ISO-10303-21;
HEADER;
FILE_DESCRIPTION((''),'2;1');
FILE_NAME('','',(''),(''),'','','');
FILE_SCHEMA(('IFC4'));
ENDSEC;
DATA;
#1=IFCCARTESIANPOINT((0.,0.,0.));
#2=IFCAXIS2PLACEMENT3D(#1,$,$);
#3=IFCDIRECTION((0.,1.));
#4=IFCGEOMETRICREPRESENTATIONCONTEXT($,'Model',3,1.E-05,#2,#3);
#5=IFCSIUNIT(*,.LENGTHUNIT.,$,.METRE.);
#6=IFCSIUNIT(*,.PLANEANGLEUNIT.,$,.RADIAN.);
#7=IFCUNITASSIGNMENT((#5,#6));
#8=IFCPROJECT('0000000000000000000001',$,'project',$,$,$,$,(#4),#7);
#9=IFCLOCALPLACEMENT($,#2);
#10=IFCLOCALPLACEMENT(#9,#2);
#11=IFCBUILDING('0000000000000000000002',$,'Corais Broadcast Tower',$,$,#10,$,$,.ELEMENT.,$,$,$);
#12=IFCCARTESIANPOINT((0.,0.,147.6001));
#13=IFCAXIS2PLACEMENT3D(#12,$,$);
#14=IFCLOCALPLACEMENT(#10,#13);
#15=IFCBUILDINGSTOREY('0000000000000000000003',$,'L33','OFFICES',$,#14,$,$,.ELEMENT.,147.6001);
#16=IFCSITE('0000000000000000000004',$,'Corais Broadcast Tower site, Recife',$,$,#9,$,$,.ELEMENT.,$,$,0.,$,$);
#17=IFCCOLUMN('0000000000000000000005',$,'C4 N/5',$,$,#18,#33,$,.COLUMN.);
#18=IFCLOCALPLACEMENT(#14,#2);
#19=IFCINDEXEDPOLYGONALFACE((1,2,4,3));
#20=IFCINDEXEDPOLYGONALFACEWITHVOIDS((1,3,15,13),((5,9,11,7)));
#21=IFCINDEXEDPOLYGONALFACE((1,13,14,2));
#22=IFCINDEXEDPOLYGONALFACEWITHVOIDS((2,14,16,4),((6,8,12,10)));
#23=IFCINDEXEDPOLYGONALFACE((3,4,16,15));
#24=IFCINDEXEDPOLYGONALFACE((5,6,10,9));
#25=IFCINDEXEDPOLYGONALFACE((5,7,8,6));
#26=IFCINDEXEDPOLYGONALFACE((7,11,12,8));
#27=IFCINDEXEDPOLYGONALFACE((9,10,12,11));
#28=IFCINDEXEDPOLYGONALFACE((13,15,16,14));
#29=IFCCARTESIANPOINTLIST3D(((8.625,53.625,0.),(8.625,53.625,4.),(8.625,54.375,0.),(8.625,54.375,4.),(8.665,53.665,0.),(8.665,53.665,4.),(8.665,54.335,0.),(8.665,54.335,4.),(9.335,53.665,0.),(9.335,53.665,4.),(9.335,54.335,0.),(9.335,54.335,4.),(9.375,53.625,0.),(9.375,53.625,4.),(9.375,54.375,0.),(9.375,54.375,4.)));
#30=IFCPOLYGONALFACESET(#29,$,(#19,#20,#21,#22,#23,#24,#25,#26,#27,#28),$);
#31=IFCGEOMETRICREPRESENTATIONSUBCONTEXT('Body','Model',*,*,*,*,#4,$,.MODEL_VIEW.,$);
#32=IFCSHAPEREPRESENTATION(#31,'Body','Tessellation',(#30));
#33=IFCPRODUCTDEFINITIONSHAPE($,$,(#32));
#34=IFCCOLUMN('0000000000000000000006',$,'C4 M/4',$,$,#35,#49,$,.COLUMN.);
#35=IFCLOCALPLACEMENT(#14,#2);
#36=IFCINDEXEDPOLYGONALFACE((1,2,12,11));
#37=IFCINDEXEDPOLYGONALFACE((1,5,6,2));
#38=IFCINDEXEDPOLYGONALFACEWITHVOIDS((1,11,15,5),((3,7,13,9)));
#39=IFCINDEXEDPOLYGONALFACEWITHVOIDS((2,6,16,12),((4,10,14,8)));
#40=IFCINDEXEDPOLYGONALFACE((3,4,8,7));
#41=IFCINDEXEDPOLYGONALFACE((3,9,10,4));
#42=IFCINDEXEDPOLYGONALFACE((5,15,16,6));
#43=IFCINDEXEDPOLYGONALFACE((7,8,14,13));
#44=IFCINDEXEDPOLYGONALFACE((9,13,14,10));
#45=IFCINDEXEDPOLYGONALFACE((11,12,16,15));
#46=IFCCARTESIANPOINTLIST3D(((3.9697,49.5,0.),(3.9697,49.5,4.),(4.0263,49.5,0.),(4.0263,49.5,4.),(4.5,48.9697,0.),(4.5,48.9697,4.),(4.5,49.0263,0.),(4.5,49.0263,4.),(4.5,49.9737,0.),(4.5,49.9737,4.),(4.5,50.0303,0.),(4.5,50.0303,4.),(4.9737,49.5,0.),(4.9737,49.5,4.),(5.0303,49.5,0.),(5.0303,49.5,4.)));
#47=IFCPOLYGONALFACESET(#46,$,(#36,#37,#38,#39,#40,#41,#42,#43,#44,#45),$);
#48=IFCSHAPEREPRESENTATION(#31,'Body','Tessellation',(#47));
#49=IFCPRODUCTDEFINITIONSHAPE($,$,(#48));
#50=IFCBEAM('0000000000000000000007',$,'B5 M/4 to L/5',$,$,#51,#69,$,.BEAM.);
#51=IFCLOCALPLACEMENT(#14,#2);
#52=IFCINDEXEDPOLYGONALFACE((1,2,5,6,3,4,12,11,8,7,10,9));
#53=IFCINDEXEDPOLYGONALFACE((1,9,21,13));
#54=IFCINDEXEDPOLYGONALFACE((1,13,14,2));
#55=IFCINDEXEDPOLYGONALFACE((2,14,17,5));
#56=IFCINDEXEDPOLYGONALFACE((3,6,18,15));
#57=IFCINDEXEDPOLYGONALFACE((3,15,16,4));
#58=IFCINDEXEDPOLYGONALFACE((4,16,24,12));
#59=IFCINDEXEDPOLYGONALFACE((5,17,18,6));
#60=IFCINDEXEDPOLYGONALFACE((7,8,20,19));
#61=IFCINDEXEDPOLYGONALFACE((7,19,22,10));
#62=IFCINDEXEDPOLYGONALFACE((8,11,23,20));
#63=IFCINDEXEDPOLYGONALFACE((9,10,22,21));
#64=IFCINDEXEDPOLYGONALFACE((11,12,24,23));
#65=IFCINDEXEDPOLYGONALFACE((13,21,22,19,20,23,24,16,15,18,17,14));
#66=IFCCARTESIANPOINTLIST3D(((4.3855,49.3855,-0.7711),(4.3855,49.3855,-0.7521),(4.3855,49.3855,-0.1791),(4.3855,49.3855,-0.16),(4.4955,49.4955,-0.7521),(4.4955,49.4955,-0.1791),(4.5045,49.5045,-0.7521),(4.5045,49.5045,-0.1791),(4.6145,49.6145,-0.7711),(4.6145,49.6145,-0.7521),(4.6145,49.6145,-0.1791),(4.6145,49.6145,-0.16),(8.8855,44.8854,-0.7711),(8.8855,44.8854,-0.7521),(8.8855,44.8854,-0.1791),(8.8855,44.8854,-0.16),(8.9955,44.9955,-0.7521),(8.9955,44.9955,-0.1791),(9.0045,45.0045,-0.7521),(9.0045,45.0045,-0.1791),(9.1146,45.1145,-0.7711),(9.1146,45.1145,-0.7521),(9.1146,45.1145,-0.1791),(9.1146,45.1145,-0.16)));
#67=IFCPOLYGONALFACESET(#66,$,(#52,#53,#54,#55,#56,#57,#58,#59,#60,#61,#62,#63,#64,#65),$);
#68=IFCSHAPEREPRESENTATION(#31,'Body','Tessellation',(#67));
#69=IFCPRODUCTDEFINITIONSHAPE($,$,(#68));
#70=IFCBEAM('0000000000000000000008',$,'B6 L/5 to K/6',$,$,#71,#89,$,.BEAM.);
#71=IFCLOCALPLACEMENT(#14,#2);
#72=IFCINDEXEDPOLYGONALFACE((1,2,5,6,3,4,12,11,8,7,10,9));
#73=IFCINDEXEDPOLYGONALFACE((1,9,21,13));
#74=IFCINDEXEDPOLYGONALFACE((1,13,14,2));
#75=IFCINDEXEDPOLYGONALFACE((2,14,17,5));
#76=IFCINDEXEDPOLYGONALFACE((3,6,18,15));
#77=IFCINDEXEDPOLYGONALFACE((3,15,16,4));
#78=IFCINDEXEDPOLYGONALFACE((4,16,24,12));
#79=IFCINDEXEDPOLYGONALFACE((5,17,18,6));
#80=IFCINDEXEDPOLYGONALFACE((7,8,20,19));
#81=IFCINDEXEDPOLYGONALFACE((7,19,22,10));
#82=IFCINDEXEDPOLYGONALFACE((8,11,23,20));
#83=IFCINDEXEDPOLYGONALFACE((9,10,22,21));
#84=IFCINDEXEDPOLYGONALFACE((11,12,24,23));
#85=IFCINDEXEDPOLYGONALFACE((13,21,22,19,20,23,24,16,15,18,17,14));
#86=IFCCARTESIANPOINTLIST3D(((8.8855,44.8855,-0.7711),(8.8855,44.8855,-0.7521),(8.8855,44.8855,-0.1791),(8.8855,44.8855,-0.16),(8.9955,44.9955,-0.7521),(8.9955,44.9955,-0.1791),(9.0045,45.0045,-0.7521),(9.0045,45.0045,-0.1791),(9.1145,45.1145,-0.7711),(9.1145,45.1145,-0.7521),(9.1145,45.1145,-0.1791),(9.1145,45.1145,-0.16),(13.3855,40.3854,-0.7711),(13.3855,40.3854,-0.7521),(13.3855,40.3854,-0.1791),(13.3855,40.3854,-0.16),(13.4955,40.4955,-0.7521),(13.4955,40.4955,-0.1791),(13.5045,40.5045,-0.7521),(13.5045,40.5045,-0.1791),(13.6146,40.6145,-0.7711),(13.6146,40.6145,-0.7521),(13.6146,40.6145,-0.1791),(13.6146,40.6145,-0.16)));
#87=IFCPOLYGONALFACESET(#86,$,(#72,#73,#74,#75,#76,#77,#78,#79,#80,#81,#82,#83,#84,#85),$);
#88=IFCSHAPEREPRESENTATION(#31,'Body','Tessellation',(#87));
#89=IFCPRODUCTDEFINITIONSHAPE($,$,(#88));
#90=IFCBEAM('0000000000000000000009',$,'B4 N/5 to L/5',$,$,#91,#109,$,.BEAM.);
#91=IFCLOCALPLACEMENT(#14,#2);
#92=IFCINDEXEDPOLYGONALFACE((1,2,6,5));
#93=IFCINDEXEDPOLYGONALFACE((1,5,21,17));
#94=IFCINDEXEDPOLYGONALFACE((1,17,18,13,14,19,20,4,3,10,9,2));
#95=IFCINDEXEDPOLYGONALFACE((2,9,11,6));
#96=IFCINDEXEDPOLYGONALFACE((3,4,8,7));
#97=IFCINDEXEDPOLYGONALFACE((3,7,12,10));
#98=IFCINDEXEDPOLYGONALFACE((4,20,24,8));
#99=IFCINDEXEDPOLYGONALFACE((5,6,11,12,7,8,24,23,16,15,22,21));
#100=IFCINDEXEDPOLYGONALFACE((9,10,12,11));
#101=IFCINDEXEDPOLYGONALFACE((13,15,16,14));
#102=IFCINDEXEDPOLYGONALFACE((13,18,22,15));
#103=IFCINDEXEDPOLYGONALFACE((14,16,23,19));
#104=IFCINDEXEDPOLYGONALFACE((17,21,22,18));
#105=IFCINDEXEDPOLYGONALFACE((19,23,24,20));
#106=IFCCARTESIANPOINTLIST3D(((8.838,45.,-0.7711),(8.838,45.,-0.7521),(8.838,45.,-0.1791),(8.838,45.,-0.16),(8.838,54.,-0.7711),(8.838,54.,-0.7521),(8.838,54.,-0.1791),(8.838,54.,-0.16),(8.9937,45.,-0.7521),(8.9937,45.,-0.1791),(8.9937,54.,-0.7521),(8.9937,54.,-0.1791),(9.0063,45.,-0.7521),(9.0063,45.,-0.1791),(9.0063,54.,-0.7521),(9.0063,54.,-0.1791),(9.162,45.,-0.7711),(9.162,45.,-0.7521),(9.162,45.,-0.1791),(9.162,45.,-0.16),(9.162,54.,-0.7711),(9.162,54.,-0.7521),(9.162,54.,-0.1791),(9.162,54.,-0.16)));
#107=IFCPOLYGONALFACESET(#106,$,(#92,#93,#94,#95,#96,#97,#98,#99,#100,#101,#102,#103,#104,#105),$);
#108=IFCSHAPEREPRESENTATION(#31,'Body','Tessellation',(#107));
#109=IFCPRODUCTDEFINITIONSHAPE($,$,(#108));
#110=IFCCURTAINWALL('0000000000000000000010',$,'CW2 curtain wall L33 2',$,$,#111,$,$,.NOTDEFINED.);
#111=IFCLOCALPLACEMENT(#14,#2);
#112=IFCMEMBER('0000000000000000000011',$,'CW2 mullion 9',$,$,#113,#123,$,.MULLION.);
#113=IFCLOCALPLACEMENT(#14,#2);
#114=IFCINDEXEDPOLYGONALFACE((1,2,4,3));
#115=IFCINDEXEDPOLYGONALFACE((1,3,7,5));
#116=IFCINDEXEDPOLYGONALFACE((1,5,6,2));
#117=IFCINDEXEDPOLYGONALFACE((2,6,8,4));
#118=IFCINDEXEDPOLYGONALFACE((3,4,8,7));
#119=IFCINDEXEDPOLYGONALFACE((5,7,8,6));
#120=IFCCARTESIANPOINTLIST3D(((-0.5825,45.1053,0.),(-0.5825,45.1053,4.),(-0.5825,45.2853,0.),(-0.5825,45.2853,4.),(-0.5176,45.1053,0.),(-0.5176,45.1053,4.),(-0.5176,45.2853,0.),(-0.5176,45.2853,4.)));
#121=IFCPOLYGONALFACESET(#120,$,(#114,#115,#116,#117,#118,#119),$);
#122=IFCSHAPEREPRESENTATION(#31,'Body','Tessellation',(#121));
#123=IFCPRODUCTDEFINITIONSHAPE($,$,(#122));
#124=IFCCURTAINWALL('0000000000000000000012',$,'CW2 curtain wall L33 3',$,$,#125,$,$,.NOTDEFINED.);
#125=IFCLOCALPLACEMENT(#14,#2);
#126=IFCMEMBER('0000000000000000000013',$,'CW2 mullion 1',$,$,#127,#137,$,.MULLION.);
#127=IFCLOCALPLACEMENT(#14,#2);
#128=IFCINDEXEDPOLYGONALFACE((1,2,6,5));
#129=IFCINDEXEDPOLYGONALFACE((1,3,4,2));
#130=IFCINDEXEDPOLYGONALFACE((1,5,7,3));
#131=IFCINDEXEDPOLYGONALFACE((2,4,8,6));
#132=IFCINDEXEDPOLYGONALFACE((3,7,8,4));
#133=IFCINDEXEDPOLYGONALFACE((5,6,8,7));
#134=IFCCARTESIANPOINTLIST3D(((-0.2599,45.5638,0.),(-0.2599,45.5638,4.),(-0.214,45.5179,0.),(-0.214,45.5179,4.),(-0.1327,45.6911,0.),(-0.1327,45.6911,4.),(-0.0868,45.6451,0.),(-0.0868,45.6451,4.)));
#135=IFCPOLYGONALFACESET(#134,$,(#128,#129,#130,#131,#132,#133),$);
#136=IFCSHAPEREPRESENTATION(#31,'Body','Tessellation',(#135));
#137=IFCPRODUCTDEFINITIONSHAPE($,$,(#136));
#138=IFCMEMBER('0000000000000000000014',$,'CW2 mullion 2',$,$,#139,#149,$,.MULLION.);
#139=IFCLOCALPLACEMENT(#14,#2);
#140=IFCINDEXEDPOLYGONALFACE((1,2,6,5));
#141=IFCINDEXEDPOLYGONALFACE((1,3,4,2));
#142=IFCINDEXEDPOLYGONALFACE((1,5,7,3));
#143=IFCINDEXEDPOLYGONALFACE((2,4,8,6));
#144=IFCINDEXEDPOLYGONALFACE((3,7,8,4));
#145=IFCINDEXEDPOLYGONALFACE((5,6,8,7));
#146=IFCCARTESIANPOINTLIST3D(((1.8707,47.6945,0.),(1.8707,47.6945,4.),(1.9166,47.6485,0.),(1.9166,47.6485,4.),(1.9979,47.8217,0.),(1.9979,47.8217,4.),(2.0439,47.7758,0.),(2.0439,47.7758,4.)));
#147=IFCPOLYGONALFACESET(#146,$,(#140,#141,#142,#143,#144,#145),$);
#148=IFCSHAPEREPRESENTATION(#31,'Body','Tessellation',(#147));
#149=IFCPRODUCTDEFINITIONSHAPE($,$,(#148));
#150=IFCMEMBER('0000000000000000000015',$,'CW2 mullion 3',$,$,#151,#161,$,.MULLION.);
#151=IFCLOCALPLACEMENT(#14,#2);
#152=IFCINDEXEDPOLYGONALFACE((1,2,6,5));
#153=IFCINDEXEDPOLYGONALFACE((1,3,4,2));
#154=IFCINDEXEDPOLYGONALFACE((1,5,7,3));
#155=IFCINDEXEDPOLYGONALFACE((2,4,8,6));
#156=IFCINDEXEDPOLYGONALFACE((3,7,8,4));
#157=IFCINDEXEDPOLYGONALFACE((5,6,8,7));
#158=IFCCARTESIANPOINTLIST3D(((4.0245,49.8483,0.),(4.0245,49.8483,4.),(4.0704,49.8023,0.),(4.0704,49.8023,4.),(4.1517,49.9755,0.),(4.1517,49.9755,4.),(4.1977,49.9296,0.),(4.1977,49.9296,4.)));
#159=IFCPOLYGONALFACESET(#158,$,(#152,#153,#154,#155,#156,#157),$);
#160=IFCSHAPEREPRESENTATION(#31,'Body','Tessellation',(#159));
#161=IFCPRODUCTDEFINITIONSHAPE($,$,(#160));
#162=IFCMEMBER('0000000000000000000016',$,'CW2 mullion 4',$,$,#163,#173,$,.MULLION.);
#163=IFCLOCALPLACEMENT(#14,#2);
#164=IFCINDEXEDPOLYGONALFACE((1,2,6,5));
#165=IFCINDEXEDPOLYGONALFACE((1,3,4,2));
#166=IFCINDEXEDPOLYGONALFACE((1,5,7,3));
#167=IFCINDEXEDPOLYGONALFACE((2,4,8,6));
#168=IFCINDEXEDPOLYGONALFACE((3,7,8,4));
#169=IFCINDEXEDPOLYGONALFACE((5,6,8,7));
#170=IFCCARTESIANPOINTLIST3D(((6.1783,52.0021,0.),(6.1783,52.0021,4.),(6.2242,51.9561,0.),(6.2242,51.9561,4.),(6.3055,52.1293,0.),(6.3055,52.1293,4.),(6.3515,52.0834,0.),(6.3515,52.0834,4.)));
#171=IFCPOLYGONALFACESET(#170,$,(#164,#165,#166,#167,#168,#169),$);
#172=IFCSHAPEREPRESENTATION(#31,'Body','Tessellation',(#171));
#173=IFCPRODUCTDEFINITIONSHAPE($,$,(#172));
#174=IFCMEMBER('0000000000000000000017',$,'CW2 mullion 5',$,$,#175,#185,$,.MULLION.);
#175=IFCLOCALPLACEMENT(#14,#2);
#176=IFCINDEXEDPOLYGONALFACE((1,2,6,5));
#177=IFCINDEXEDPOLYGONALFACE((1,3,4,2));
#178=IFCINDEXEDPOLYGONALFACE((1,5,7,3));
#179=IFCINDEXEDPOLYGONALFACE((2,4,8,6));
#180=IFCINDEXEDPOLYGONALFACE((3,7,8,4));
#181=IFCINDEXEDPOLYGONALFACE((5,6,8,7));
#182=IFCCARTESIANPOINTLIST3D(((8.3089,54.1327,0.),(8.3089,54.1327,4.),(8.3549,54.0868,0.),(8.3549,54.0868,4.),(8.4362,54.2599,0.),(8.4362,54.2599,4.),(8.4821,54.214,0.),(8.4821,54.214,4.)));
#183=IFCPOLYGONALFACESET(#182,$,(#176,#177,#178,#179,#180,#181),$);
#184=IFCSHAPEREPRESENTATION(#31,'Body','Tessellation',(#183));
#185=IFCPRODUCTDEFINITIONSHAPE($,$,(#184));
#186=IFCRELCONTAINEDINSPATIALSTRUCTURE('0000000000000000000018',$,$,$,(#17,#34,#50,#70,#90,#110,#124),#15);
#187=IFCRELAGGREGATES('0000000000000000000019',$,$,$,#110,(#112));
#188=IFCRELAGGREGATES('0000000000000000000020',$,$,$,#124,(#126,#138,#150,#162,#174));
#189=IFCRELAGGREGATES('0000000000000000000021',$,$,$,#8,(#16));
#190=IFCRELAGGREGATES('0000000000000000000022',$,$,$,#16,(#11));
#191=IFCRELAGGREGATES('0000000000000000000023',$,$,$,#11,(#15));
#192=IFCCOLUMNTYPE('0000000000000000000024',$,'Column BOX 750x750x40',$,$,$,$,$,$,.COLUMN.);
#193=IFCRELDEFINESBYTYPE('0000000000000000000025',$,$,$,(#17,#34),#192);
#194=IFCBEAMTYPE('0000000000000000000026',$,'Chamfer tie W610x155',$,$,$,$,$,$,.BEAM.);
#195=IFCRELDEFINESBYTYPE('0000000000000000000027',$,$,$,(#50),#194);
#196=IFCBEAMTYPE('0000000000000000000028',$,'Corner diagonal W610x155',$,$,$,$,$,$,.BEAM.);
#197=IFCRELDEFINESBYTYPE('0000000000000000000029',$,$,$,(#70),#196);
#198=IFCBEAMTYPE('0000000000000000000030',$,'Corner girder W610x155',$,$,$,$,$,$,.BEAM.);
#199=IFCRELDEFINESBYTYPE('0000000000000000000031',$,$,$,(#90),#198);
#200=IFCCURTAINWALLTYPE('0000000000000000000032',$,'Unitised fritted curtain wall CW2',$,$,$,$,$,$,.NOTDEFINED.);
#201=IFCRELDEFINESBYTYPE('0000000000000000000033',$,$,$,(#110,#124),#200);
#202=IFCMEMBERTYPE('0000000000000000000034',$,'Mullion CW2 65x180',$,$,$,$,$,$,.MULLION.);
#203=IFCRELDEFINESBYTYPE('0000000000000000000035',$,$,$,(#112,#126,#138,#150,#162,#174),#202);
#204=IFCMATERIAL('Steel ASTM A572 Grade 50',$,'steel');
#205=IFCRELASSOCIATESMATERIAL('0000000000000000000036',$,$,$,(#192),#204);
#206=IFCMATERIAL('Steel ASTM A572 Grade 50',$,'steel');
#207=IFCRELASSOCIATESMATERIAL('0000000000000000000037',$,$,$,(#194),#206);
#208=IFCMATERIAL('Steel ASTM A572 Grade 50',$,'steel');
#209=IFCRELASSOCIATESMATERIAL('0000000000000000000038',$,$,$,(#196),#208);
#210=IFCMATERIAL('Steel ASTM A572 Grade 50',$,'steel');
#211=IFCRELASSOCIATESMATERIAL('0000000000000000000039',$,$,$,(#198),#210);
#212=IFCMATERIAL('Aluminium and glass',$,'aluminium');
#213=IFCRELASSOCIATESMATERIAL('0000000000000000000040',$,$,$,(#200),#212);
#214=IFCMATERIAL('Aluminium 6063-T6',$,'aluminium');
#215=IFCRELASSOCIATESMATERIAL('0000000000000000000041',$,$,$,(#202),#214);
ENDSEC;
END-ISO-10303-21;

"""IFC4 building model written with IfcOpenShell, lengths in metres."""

from ifc_helpers import new_model, si_unit, direction, frame, origin, origin_2d, place, context, subcontext, project, spatial, rectangle, hollow_rectangle, i_section, extrude, material, material_profile, profile_set, type_object, element, aggregate, save


model = new_model("IFC4")

# Units and contexts
model_context = context("Model", 3, precision=1e-05, world=origin(), true_north=direction((0.0, 1.0)))
body_context = subcontext(model_context, "Body", "Model", "MODEL_VIEW")
ifc_project = project(units=[si_unit("LENGTHUNIT", "METRE"), si_unit("PLANEANGLEUNIT", "RADIAN")], contexts=[model_context])

# Site, building, storey
site_placement = place(None, origin())
site = spatial("IfcSite", under=ifc_project, at=site_placement, Name="Corais Broadcast Tower site, Recife", CompositionType="ELEMENT", RefElevation=0.0)
building_placement = place(site_placement, origin())
building = spatial("IfcBuilding", under=site, at=building_placement, Name="Corais Broadcast Tower", CompositionType="ELEMENT")
storey_placement = place(building_placement, frame((0.0, 0.0, 147.6001)))
storey = spatial("IfcBuildingStorey", under=building, at=storey_placement, Name="L33", Description="OFFICES", CompositionType="ELEMENT", Elevation=147.6001)

# Columns
ifc_material_1 = material(Name="Steel ASTM A572 Grade 50", Category="steel")
ifc_material_profile_1 = material_profile(ifc_material_1, hollow_rectangle(XDim=0.75, YDim=0.75, WallThickness=0.04, at=origin_2d()), Name="BOX 750x750x40")
ifc_profile_set_1 = profile_set([ifc_material_profile_1], Name="Steel ASTM A572 Grade 50")
column_type = type_object("IfcColumnType", Name="Column BOX 750x750x40", PredefinedType="COLUMN", material=ifc_profile_set_1)
for number, where, z_axis, x_axis, name in (
    (1, (9.0, 54.0, 0.0), (0.0, 0.0, 1.0), (1.0, 0.0, 0.0), "C4 N/5"),
    (2, (4.5, 49.5, 0.0), (0.0, 0.0, 1.0), (0.707107, 0.707107, 0.0), "C4 M/4"),
):
    element("IfcColumn", number, at=place(storey_placement, frame(where, z_axis=z_axis, x_axis=x_axis)), inside=storey, type_object=column_type, Name=name, PredefinedType="COLUMN", context=body_context, shape_type="SweptSolid", body=[
        extrude(hollow_rectangle(XDim=0.75, YDim=0.75, WallThickness=0.04, at=origin_2d()), origin(), (0.0, 0.0, 1.0), 4.0),
    ])

# Beams
ifc_material_2 = material(Name="Steel ASTM A572 Grade 50", Category="steel")
ifc_material_profile_2 = material_profile(ifc_material_2, i_section(OverallWidth=0.324, OverallDepth=0.6111, WebThickness=0.0127, FlangeThickness=0.019, at=origin_2d()), Name="W610x155")
ifc_profile_set_2 = profile_set([ifc_material_profile_2], Name="Steel ASTM A572 Grade 50")
beam_type_1 = type_object("IfcBeamType", Name="Chamfer tie W610x155", PredefinedType="BEAM", material=ifc_profile_set_2)
beam_1_placement = place(storey_placement, frame((4.5, 49.5, -0.4656), z_axis=(0.707107, -0.707107, 0.0), x_axis=(0.707107, 0.707107, 0.0)))
element("IfcBeam", 3, at=beam_1_placement, inside=storey, type_object=beam_type_1, Name="B5 M/4 to L/5", PredefinedType="BEAM", context=body_context, shape_type="SweptSolid", body=[
    extrude(i_section(OverallWidth=0.324, OverallDepth=0.6111, WebThickness=0.0127, FlangeThickness=0.019, at=origin_2d()), origin(), (0.0, 0.0, 1.0), 6.364),
])
ifc_material_3 = material(Name="Steel ASTM A572 Grade 50", Category="steel")
ifc_material_profile_3 = material_profile(ifc_material_3, i_section(OverallWidth=0.324, OverallDepth=0.6111, WebThickness=0.0127, FlangeThickness=0.019, at=origin_2d()), Name="W610x155")
ifc_profile_set_3 = profile_set([ifc_material_profile_3], Name="Steel ASTM A572 Grade 50")
beam_type_2 = type_object("IfcBeamType", Name="Corner diagonal W610x155", PredefinedType="BEAM", material=ifc_profile_set_3)
beam_2_placement = place(storey_placement, frame((9.0, 45.0, -0.4656), z_axis=(0.707107, -0.707107, 0.0), x_axis=(0.707107, 0.707107, 0.0)))
element("IfcBeam", 4, at=beam_2_placement, inside=storey, type_object=beam_type_2, Name="B6 L/5 to K/6", PredefinedType="BEAM", context=body_context, shape_type="SweptSolid", body=[
    extrude(i_section(OverallWidth=0.324, OverallDepth=0.6111, WebThickness=0.0127, FlangeThickness=0.019, at=origin_2d()), origin(), (0.0, 0.0, 1.0), 6.364),
])
ifc_material_4 = material(Name="Steel ASTM A572 Grade 50", Category="steel")
ifc_material_profile_4 = material_profile(ifc_material_4, i_section(OverallWidth=0.324, OverallDepth=0.6111, WebThickness=0.0127, FlangeThickness=0.019, at=origin_2d()), Name="W610x155")
ifc_profile_set_4 = profile_set([ifc_material_profile_4], Name="Steel ASTM A572 Grade 50")
beam_type_3 = type_object("IfcBeamType", Name="Corner girder W610x155", PredefinedType="BEAM", material=ifc_profile_set_4)
beam_3_placement = place(storey_placement, frame((9.0, 54.0, -0.4656), z_axis=(0.0, -1.0, 0.0), x_axis=(1.0, 0.0, 0.0)))
element("IfcBeam", 5, at=beam_3_placement, inside=storey, type_object=beam_type_3, Name="B4 N/5 to L/5", PredefinedType="BEAM", context=body_context, shape_type="SweptSolid", body=[
    extrude(i_section(OverallWidth=0.324, OverallDepth=0.6111, WebThickness=0.0127, FlangeThickness=0.019, at=origin_2d()), origin(), (0.0, 0.0, 1.0), 9.0),
])

# Curtain wall, member
ifc_material_5 = material(Name="Aluminium and glass", Category="aluminium")
curtain_wall_type = type_object("IfcCurtainWallType", Name="Unitised fritted curtain wall CW2", PredefinedType="NOTDEFINED", material=ifc_material_5)
curtain_wall_1_placement = place(storey_placement, origin())
curtain_wall_1 = element("IfcCurtainWall", 6, at=curtain_wall_1_placement, inside=storey, type_object=curtain_wall_type, Name="CW2 curtain wall L33 2", PredefinedType="NOTDEFINED")
ifc_material_6 = material(Name="Aluminium 6063-T6", Category="aluminium")
ifc_material_profile_5 = material_profile(ifc_material_6, rectangle(XDim=0.0649, YDim=0.1799, at=origin_2d()), Name="Mullion CW2 65x180")
ifc_profile_set_5 = profile_set([ifc_material_profile_5], Name="Aluminium 6063-T6")
member_type_1 = type_object("IfcMemberType", Name="Mullion CW2 65x180", PredefinedType="MULLION", material=ifc_profile_set_5)
member_1_placement = place(storey_placement, frame((-0.55, 45.1953, 0.0), z_axis=(0.0, 0.0, 1.0), x_axis=(-1.0, 0.0, 0.0)))
member_1 = element("IfcMember", 7, at=member_1_placement, type_object=member_type_1, Name="CW2 mullion 9", PredefinedType="MULLION", context=body_context, shape_type="SweptSolid", body=[
    extrude(rectangle(XDim=0.0649, YDim=0.1799, at=origin_2d()), origin(), (0.0, 0.0, 1.0), 4.0),
])
aggregate(curtain_wall_1, [member_1])

# Curtain wall, members
curtain_wall_2_placement = place(storey_placement, origin())
curtain_wall_2 = element("IfcCurtainWall", 8, at=curtain_wall_2_placement, inside=storey, type_object=curtain_wall_type, Name="CW2 curtain wall L33 3", PredefinedType="NOTDEFINED")
member_2_placement = place(storey_placement, frame((-0.1733, 45.6045, 0.0), z_axis=(0.0, 0.0, 1.0), x_axis=(-0.707107, 0.707107, 0.0)))
member_2 = element("IfcMember", 9, at=member_2_placement, type_object=member_type_1, Name="CW2 mullion 1", PredefinedType="MULLION", context=body_context, shape_type="SweptSolid", body=[
    extrude(rectangle(XDim=0.0649, YDim=0.1799, at=origin_2d()), origin(), (0.0, 0.0, 1.0), 4.0),
])
member_3_placement = place(storey_placement, frame((1.9573, 47.7351, 0.0), z_axis=(0.0, 0.0, 1.0), x_axis=(-0.707107, 0.707107, 0.0)))
member_3 = element("IfcMember", 10, at=member_3_placement, type_object=member_type_1, Name="CW2 mullion 2", PredefinedType="MULLION", context=body_context, shape_type="SweptSolid", body=[
    extrude(rectangle(XDim=0.0649, YDim=0.1799, at=origin_2d()), origin(), (0.0, 0.0, 1.0), 4.0),
])
member_4_placement = place(storey_placement, frame((4.1111, 49.8889, 0.0), z_axis=(0.0, 0.0, 1.0), x_axis=(-0.707107, 0.707107, 0.0)))
member_4 = element("IfcMember", 11, at=member_4_placement, type_object=member_type_1, Name="CW2 mullion 3", PredefinedType="MULLION", context=body_context, shape_type="SweptSolid", body=[
    extrude(rectangle(XDim=0.0649, YDim=0.1799, at=origin_2d()), origin(), (0.0, 0.0, 1.0), 4.0),
])
member_5_placement = place(storey_placement, frame((6.2649, 52.0427, 0.0), z_axis=(0.0, 0.0, 1.0), x_axis=(-0.707107, 0.707107, 0.0)))
member_5 = element("IfcMember", 12, at=member_5_placement, type_object=member_type_1, Name="CW2 mullion 4", PredefinedType="MULLION", context=body_context, shape_type="SweptSolid", body=[
    extrude(rectangle(XDim=0.0649, YDim=0.1799, at=origin_2d()), origin(), (0.0, 0.0, 1.0), 4.0),
])
member_6_placement = place(storey_placement, frame((8.3955, 54.1733, 0.0), z_axis=(0.0, 0.0, 1.0), x_axis=(-0.707107, 0.707107, 0.0)))
member_6 = element("IfcMember", 13, at=member_6_placement, type_object=member_type_1, Name="CW2 mullion 5", PredefinedType="MULLION", context=body_context, shape_type="SweptSolid", body=[
    extrude(rectangle(XDim=0.0649, YDim=0.1799, at=origin_2d()), origin(), (0.0, 0.0, 1.0), 4.0),
])

aggregate(curtain_wall_2, [member_2, member_3, member_4, member_5, member_6])

save(model, "model.ifc")
